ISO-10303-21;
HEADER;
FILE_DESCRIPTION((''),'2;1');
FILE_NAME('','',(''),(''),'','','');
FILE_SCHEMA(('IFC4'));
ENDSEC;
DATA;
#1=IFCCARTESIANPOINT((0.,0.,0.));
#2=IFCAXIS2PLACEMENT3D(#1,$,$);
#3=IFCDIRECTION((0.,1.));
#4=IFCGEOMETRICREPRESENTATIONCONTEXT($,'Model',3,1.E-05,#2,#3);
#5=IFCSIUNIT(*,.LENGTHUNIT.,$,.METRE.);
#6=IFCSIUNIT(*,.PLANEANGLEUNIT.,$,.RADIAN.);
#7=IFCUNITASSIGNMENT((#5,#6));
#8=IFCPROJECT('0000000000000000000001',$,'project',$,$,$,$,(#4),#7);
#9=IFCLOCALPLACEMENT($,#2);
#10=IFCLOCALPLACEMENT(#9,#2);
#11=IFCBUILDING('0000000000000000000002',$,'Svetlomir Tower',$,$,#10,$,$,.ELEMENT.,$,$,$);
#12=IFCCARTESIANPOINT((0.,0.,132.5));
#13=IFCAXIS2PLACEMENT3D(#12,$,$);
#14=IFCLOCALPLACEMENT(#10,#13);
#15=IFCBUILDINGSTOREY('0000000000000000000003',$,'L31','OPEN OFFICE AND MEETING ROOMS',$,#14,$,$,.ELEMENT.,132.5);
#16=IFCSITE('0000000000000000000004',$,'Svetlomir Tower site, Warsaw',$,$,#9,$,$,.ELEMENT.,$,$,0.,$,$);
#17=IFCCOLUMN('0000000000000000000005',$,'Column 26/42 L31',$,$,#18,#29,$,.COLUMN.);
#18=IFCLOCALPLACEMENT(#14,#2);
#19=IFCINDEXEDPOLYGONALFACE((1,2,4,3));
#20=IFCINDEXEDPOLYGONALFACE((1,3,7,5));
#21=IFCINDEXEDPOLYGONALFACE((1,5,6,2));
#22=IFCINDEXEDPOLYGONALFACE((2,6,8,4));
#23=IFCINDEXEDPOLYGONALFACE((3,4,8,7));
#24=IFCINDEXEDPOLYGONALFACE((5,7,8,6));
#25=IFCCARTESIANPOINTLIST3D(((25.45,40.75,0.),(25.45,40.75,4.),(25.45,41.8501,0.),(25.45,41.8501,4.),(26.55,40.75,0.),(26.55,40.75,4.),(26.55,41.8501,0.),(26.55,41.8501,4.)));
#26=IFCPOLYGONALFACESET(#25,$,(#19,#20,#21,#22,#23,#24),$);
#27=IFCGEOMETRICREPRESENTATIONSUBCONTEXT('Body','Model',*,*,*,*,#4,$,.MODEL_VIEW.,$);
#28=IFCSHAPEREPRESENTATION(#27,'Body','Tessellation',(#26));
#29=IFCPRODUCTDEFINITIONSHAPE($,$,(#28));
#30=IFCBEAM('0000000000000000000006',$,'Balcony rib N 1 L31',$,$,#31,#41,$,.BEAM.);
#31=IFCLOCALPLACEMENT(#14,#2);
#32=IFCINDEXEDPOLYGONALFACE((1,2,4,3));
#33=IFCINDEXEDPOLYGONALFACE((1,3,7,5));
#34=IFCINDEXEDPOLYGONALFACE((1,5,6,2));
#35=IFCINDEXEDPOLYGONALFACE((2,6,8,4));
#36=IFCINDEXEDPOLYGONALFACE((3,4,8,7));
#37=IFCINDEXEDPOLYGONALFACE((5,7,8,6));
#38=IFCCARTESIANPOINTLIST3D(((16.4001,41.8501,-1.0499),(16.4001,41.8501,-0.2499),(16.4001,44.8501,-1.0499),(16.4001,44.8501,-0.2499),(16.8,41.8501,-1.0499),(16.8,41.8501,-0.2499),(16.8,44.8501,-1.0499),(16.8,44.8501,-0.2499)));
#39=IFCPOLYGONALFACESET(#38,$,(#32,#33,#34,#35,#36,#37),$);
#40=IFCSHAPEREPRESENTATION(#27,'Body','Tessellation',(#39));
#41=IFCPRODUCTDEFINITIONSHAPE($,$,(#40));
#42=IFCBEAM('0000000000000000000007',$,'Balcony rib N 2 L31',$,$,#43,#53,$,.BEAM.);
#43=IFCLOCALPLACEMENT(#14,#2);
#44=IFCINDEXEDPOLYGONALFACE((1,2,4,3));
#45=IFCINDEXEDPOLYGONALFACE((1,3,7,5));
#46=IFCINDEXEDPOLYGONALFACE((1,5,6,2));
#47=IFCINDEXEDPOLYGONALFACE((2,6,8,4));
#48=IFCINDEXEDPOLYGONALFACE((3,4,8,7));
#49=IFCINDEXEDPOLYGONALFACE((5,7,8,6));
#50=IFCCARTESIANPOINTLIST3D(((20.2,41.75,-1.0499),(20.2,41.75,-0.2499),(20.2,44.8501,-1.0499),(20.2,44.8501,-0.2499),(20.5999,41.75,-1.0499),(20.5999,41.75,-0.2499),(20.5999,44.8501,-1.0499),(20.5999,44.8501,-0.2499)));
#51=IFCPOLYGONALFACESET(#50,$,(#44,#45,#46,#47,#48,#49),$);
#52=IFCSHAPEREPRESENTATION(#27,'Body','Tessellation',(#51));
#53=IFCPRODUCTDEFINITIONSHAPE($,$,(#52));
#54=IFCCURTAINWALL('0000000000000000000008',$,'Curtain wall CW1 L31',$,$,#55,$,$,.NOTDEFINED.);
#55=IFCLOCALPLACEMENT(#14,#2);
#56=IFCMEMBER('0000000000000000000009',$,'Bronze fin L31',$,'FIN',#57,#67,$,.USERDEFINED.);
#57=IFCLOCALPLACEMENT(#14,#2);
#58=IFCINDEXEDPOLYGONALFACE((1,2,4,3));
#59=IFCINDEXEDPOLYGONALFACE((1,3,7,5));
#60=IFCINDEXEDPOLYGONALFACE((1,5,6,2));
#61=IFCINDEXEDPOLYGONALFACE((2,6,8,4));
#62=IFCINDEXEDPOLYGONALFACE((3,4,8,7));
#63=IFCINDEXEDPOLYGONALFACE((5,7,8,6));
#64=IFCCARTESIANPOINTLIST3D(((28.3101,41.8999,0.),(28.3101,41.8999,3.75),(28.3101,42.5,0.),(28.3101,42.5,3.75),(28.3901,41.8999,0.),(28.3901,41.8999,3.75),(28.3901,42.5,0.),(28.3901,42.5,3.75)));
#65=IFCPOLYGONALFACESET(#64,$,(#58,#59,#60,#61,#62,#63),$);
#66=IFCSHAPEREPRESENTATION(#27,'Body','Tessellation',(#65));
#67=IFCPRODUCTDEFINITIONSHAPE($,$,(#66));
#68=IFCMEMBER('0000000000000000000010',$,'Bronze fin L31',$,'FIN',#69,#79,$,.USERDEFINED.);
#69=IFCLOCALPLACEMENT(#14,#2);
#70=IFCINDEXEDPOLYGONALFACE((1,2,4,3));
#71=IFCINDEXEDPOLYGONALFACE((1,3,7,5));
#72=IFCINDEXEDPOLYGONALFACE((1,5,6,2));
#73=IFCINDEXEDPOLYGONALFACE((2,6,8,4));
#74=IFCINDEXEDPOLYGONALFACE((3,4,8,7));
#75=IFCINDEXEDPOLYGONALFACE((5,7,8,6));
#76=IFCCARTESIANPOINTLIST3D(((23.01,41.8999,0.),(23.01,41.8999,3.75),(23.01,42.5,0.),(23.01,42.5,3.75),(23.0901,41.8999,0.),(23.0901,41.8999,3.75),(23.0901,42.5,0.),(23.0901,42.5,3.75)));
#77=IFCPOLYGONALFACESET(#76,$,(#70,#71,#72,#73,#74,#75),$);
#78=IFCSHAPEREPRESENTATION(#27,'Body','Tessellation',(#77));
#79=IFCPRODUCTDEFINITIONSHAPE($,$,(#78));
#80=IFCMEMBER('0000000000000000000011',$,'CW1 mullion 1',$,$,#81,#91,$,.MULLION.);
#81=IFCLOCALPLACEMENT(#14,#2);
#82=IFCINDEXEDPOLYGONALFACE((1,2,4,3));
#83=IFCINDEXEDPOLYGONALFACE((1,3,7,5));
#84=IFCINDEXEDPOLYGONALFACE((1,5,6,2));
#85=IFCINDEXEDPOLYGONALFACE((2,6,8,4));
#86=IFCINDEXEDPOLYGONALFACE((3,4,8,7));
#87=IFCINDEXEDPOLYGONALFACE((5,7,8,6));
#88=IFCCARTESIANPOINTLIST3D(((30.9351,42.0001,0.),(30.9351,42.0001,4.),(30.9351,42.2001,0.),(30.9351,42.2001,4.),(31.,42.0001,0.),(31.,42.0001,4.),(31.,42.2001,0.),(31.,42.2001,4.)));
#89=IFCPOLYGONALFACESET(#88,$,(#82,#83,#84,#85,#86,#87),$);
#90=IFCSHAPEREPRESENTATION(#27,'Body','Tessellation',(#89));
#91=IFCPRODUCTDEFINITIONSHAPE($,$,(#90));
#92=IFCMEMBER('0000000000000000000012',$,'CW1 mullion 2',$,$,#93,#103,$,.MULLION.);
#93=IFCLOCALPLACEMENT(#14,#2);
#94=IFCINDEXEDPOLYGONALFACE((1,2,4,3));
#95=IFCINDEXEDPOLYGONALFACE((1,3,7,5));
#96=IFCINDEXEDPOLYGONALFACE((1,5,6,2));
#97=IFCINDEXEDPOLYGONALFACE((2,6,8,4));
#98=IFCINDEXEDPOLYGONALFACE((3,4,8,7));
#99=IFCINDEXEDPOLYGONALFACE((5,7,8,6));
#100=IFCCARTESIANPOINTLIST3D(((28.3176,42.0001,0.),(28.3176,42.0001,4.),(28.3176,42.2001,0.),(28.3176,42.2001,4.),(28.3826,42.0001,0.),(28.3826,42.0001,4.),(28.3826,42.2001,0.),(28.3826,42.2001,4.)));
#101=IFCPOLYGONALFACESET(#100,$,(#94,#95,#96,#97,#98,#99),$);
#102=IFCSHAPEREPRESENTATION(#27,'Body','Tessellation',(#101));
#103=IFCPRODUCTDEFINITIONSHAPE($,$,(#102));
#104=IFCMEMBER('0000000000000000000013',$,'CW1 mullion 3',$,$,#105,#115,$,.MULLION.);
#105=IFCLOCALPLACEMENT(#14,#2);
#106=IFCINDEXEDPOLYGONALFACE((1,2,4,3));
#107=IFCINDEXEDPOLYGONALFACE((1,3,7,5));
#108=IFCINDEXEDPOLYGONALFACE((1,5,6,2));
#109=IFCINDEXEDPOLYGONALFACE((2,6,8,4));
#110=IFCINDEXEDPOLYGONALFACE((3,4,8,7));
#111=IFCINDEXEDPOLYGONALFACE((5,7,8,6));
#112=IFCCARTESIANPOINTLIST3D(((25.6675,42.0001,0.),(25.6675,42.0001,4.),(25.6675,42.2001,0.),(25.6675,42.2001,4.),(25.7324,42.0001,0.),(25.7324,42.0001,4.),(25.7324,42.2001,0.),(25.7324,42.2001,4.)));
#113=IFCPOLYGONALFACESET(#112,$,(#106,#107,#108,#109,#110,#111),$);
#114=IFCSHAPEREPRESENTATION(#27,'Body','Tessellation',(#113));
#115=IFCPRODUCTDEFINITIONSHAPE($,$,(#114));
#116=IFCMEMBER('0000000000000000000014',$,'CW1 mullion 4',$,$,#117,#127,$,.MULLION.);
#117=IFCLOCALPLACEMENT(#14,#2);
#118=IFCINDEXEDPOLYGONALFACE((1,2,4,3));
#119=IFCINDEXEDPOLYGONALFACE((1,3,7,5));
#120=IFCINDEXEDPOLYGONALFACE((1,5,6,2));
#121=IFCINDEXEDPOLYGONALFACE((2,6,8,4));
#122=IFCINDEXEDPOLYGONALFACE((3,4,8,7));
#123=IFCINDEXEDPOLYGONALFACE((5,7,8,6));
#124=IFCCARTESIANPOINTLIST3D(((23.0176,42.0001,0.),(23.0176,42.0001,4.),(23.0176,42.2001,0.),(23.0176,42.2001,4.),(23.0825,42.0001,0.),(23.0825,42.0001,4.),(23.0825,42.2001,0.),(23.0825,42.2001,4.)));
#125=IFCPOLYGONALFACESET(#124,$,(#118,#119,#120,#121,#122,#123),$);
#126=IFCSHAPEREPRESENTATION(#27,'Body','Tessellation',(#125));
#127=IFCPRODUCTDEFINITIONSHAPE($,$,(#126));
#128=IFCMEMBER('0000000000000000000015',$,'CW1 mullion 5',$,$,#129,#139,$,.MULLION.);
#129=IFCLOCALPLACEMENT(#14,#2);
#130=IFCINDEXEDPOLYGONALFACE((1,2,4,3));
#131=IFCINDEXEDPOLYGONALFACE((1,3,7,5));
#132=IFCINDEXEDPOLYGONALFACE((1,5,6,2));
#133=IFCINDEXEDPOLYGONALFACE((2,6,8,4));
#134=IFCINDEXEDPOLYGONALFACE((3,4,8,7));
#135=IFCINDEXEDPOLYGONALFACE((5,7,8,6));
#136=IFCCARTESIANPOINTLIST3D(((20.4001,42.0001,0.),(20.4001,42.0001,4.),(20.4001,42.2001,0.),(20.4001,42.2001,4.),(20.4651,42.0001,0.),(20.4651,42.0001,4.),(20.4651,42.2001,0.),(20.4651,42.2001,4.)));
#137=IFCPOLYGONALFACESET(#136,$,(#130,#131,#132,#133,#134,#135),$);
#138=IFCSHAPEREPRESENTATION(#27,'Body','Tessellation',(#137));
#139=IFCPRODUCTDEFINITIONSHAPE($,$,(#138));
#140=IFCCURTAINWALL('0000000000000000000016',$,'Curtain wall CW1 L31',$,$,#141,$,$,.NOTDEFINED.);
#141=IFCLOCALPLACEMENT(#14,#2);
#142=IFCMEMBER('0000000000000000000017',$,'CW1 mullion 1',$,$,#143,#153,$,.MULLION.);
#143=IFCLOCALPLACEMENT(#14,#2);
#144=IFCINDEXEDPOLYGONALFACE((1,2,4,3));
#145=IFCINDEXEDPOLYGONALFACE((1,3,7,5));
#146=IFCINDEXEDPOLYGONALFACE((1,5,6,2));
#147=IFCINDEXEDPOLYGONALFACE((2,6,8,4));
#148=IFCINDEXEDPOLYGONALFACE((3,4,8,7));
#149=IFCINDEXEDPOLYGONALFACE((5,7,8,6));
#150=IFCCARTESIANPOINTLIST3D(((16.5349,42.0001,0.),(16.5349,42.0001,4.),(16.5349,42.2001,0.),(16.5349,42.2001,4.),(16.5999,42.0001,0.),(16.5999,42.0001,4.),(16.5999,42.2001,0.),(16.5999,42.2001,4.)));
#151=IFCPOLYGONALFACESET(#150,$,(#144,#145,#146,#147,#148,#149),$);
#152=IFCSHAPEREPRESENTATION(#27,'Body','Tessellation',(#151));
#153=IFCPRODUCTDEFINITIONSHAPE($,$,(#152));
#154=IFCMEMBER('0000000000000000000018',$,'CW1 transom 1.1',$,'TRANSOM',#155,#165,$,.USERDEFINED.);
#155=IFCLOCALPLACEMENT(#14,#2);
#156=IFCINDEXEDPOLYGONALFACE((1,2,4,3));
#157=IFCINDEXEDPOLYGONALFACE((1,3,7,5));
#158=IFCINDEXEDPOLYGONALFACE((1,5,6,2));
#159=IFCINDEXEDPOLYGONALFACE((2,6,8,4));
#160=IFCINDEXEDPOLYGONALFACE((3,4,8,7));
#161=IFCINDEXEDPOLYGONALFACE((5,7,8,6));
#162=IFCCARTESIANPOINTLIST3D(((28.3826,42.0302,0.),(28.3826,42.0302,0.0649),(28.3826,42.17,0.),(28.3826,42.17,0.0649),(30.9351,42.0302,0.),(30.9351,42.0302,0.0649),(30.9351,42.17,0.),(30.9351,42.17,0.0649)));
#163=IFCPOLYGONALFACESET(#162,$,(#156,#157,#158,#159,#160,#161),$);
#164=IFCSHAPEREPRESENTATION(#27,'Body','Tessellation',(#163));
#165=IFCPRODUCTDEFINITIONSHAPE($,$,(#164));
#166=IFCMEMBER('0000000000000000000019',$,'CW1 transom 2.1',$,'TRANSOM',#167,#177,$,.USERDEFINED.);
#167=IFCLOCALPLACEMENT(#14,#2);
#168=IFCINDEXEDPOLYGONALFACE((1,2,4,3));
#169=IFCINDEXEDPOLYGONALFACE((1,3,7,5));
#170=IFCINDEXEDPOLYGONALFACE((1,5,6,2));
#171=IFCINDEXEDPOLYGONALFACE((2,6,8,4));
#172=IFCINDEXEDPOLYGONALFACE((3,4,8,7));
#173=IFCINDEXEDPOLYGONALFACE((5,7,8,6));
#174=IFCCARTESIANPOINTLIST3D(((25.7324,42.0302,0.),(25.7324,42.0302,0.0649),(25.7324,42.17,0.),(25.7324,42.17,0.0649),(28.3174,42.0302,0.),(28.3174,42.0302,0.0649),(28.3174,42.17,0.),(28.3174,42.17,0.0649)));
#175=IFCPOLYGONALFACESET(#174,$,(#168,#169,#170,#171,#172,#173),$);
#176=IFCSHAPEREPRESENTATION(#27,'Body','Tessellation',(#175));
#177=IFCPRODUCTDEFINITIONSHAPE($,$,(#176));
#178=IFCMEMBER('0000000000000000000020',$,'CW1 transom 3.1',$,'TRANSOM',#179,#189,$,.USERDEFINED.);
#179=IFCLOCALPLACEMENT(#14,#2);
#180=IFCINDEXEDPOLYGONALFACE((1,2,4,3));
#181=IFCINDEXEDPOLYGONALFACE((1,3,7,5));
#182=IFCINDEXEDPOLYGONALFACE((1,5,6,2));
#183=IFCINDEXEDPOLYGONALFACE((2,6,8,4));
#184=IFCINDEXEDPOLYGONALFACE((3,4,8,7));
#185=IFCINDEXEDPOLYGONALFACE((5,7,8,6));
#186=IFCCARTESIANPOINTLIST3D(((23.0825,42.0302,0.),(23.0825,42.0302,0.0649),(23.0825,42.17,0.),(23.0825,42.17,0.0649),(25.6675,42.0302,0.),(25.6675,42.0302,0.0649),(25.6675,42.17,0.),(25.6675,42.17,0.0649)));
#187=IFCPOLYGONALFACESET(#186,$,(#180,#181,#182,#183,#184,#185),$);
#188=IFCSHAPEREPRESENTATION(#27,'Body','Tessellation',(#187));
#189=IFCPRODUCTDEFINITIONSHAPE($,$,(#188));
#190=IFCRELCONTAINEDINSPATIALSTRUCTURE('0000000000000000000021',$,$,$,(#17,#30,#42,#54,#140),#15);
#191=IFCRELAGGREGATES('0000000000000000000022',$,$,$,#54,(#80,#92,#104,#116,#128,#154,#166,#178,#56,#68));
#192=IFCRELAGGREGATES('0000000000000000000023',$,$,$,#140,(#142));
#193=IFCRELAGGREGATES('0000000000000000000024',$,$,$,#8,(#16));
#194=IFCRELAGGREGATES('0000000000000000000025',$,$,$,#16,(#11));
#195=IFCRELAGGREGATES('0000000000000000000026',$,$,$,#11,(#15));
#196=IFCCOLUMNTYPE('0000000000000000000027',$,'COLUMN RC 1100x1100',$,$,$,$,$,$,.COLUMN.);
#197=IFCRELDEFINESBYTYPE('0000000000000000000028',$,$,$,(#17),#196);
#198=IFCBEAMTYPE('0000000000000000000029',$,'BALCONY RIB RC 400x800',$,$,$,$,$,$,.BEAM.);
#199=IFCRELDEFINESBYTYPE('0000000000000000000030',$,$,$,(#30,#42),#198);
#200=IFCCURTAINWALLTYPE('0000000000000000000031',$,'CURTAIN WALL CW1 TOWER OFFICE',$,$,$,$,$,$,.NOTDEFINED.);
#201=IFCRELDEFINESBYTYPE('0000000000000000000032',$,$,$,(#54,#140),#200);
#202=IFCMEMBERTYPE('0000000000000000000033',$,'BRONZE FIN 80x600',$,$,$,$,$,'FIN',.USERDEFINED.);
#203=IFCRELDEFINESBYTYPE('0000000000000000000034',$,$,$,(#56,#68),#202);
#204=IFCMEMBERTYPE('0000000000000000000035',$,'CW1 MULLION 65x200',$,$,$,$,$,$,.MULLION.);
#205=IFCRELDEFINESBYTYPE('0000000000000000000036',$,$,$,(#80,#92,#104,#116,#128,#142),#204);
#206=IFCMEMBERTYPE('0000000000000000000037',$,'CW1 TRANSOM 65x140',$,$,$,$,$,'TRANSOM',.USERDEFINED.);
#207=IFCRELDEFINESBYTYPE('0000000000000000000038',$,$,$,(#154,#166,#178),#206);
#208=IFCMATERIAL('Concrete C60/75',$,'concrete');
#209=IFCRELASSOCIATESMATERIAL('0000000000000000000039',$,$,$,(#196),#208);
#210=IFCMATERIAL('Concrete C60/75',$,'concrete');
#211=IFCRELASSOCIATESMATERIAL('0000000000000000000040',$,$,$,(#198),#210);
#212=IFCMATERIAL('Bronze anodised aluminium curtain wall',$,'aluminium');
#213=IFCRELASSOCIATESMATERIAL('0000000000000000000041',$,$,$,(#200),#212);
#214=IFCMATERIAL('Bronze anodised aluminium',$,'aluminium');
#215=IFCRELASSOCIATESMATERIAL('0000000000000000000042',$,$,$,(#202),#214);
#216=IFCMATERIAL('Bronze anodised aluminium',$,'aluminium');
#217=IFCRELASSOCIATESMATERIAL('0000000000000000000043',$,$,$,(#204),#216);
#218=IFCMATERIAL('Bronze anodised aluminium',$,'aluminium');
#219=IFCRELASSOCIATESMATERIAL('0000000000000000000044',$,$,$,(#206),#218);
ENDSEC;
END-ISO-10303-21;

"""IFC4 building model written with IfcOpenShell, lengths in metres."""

from ifc_helpers import new_model, si_unit, direction, frame, origin, origin_2d, place, context, subcontext, project, spatial, rectangle, extrude, material, material_profile, profile_set, type_object, element, aggregate, save


model = new_model("IFC4")

# Units and contexts
model_context = context("Model", 3, precision=1e-05, world=origin(), true_north=direction((0.0, 1.0)))
body_context = subcontext(model_context, "Body", "Model", "MODEL_VIEW")
ifc_project = project(units=[si_unit("LENGTHUNIT", "METRE"), si_unit("PLANEANGLEUNIT", "RADIAN")], contexts=[model_context])

# Site, building, storey
site_placement = place(None, origin())
site = spatial("IfcSite", under=ifc_project, at=site_placement, Name="Svetlomir Tower site, Warsaw", CompositionType="ELEMENT", RefElevation=0.0)
building_placement = place(site_placement, origin())
building = spatial("IfcBuilding", under=site, at=building_placement, Name="Svetlomir Tower", CompositionType="ELEMENT")
storey_placement = place(building_placement, frame((0.0, 0.0, 132.5)))
storey = spatial("IfcBuildingStorey", under=building, at=storey_placement, Name="L31", Description="OPEN OFFICE AND MEETING ROOMS", CompositionType="ELEMENT", Elevation=132.5)

# Column
ifc_material_1 = material(Name="Concrete C60/75", Category="concrete")
ifc_material_profile_1 = material_profile(ifc_material_1, rectangle(XDim=1.1001, YDim=1.1001, at=origin_2d()), Name="RC 1100x1100")
ifc_profile_set_1 = profile_set([ifc_material_profile_1], Name="Concrete C60/75")
column_type = type_object("IfcColumnType", Name="COLUMN RC 1100x1100", PredefinedType="COLUMN", material=ifc_profile_set_1)
column_placement = place(storey_placement, frame((26.0, 41.3, 0.0), z_axis=(0.0, 0.0, 1.0), x_axis=(1.0, 0.0, 0.0)))
element("IfcColumn", 1, at=column_placement, inside=storey, type_object=column_type, Name="Column 26/42 L31", PredefinedType="COLUMN", context=body_context, shape_type="SweptSolid", body=[
    extrude(rectangle(XDim=1.1001, YDim=1.1001, at=origin_2d()), origin(), (0.0, 0.0, 1.0), 4.0),
])

# Beams
ifc_material_2 = material(Name="Concrete C60/75", Category="concrete")
ifc_material_profile_2 = material_profile(ifc_material_2, rectangle(XDim=0.3999, YDim=0.8, at=origin_2d()), Name="RC 400x800")
ifc_profile_set_2 = profile_set([ifc_material_profile_2], Name="Concrete C60/75")
beam_type_1 = type_object("IfcBeamType", Name="BALCONY RIB RC 400x800", PredefinedType="BEAM", material=ifc_profile_set_2)
beam_1_placement = place(storey_placement, frame((16.6001, 41.8501, -0.6499), z_axis=(0.0, 1.0, 0.0), x_axis=(-1.0, 0.0, 0.0)))
element("IfcBeam", 2, at=beam_1_placement, inside=storey, type_object=beam_type_1, Name="Balcony rib N 1 L31", PredefinedType="BEAM", context=body_context, shape_type="SweptSolid", body=[
    extrude(rectangle(XDim=0.3999, YDim=0.8, at=origin_2d()), origin(), (0.0, 0.0, 1.0), 3.0),
])
beam_2_placement = place(storey_placement, frame((20.3999, 41.75, -0.6499), z_axis=(0.0, 1.0, 0.0), x_axis=(-1.0, 0.0, 0.0)))
element("IfcBeam", 3, at=beam_2_placement, inside=storey, type_object=beam_type_1, Name="Balcony rib N 2 L31", PredefinedType="BEAM", context=body_context, shape_type="SweptSolid", body=[
    extrude(rectangle(XDim=0.3999, YDim=0.8, at=origin_2d()), origin(), (0.0, 0.0, 1.0), 3.1001),
])

# Curtain wall, members
ifc_material_3 = material(Name="Bronze anodised aluminium curtain wall", Category="aluminium")
curtain_wall_type = type_object("IfcCurtainWallType", Name="CURTAIN WALL CW1 TOWER OFFICE", PredefinedType="NOTDEFINED", material=ifc_material_3)
curtain_wall_1_placement = place(storey_placement, origin())
curtain_wall_1 = element("IfcCurtainWall", 4, at=curtain_wall_1_placement, inside=storey, type_object=curtain_wall_type, Name="Curtain wall CW1 L31", PredefinedType="NOTDEFINED")
ifc_material_4 = material(Name="Bronze anodised aluminium", Category="aluminium")
ifc_material_profile_3 = material_profile(ifc_material_4, rectangle(XDim=0.0801, YDim=0.6001, at=origin_2d()), Name="FIN 80x600")
ifc_profile_set_3 = profile_set([ifc_material_profile_3], Name="Bronze anodised aluminium 6063-T6")
member_type_1 = type_object("IfcMemberType", Name="BRONZE FIN 80x600", ElementType="FIN", PredefinedType="USERDEFINED", material=ifc_profile_set_3)
member_1_placement = place(storey_placement, frame((28.3501, 42.2, 0.0), z_axis=(0.0, 0.0, 1.0), x_axis=(1.0, 0.0, 0.0)))
member_1 = element("IfcMember", 5, at=member_1_placement, type_object=member_type_1, Name="Bronze fin L31", ObjectType="FIN", PredefinedType="USERDEFINED", context=body_context, shape_type="SweptSolid", body=[
    extrude(rectangle(XDim=0.0801, YDim=0.6001, at=origin_2d()), origin(), (0.0, 0.0, 1.0), 3.75),
])
member_2_placement = place(storey_placement, frame((23.05, 42.2, 0.0), z_axis=(0.0, 0.0, 1.0), x_axis=(1.0, 0.0, 0.0)))
member_2 = element("IfcMember", 6, at=member_2_placement, type_object=member_type_1, Name="Bronze fin L31", ObjectType="FIN", PredefinedType="USERDEFINED", context=body_context, shape_type="SweptSolid", body=[
    extrude(rectangle(XDim=0.0801, YDim=0.6001, at=origin_2d()), origin(), (0.0, 0.0, 1.0), 3.75),
])
ifc_material_5 = material(Name="Bronze anodised aluminium", Category="aluminium")
ifc_material_profile_4 = material_profile(ifc_material_5, rectangle(XDim=0.0649, YDim=0.2, at=origin_2d()), Name="AL 65x200")
ifc_profile_set_4 = profile_set([ifc_material_profile_4], Name="Bronze anodised aluminium 6063-T6")
member_type_2 = type_object("IfcMemberType", Name="CW1 MULLION 65x200", PredefinedType="MULLION", material=ifc_profile_set_4)
member_3_placement = place(storey_placement, frame((30.9675, 42.1001, 0.0), z_axis=(0.0, 0.0, 1.0), x_axis=(-1.0, 0.0, 0.0)))
member_3 = element("IfcMember", 7, at=member_3_placement, type_object=member_type_2, Name="CW1 mullion 1", PredefinedType="MULLION", context=body_context, shape_type="SweptSolid", body=[
    extrude(rectangle(XDim=0.0649, YDim=0.2, at=origin_2d()), origin(), (0.0, 0.0, 1.0), 4.0),
])
member_4_placement = place(storey_placement, frame((28.3501, 42.1001, 0.0), z_axis=(0.0, 0.0, 1.0), x_axis=(-1.0, 0.0, 0.0)))
member_4 = element("IfcMember", 8, at=member_4_placement, type_object=member_type_2, Name="CW1 mullion 2", PredefinedType="MULLION", context=body_context, shape_type="SweptSolid", body=[
    extrude(rectangle(XDim=0.0649, YDim=0.2, at=origin_2d()), origin(), (0.0, 0.0, 1.0), 4.0),
])
member_5_placement = place(storey_placement, frame((25.7, 42.1001, 0.0), z_axis=(0.0, 0.0, 1.0), x_axis=(-1.0, 0.0, 0.0)))
member_5 = element("IfcMember", 9, at=member_5_placement, type_object=member_type_2, Name="CW1 mullion 3", PredefinedType="MULLION", context=body_context, shape_type="SweptSolid", body=[
    extrude(rectangle(XDim=0.0649, YDim=0.2, at=origin_2d()), origin(), (0.0, 0.0, 1.0), 4.0),
])
member_6_placement = place(storey_placement, frame((23.05, 42.1001, 0.0), z_axis=(0.0, 0.0, 1.0), x_axis=(-1.0, 0.0, 0.0)))
member_6 = element("IfcMember", 10, at=member_6_placement, type_object=member_type_2, Name="CW1 mullion 4", PredefinedType="MULLION", context=body_context, shape_type="SweptSolid", body=[
    extrude(rectangle(XDim=0.0649, YDim=0.2, at=origin_2d()), origin(), (0.0, 0.0, 1.0), 4.0),
])
member_7_placement = place(storey_placement, frame((20.4326, 42.1001, 0.0), z_axis=(0.0, 0.0, 1.0), x_axis=(-1.0, 0.0, 0.0)))
member_7 = element("IfcMember", 11, at=member_7_placement, type_object=member_type_2, Name="CW1 mullion 5", PredefinedType="MULLION", context=body_context, shape_type="SweptSolid", body=[
    extrude(rectangle(XDim=0.0649, YDim=0.2, at=origin_2d()), origin(), (0.0, 0.0, 1.0), 4.0),
])

# Curtain wall, member
curtain_wall_2_placement = place(storey_placement, origin())
curtain_wall_2 = element("IfcCurtainWall", 12, at=curtain_wall_2_placement, inside=storey, type_object=curtain_wall_type, Name="Curtain wall CW1 L31", PredefinedType="NOTDEFINED")
member_8_placement = place(storey_placement, frame((16.5674, 42.1001, 0.0), z_axis=(0.0, 0.0, 1.0), x_axis=(-1.0, 0.0, 0.0)))
member_8 = element("IfcMember", 13, at=member_8_placement, type_object=member_type_2, Name="CW1 mullion 1", PredefinedType="MULLION", context=body_context, shape_type="SweptSolid", body=[
    extrude(rectangle(XDim=0.0649, YDim=0.2, at=origin_2d()), origin(), (0.0, 0.0, 1.0), 4.0),
])

# Members
ifc_material_6 = material(Name="Bronze anodised aluminium", Category="aluminium")
ifc_material_profile_5 = material_profile(ifc_material_6, rectangle(XDim=0.1399, YDim=0.0649, at=origin_2d()), Name="AL 140x65")
ifc_profile_set_5 = profile_set([ifc_material_profile_5], Name="Bronze anodised aluminium 6063-T6")
member_type_3 = type_object("IfcMemberType", Name="CW1 TRANSOM 65x140", ElementType="TRANSOM", PredefinedType="USERDEFINED", material=ifc_profile_set_5)
member_9_placement = place(storey_placement, frame((30.9351, 42.1001, 0.0325), z_axis=(-1.0, 0.0, 0.0), x_axis=(0.0, -1.0, 0.0)))
member_9 = element("IfcMember", 14, at=member_9_placement, type_object=member_type_3, Name="CW1 transom 1.1", ObjectType="TRANSOM", PredefinedType="USERDEFINED", context=body_context, shape_type="SweptSolid", body=[
    extrude(rectangle(XDim=0.1399, YDim=0.0649, at=origin_2d()), origin(), (0.0, 0.0, 1.0), 2.5525),
])
member_10_placement = place(storey_placement, frame((28.3174, 42.1001, 0.0325), z_axis=(-1.0, 0.0, 0.0), x_axis=(0.0, -1.0, 0.0)))
member_10 = element("IfcMember", 15, at=member_10_placement, type_object=member_type_3, Name="CW1 transom 2.1", ObjectType="TRANSOM", PredefinedType="USERDEFINED", context=body_context, shape_type="SweptSolid", body=[
    extrude(rectangle(XDim=0.1399, YDim=0.0649, at=origin_2d()), origin(), (0.0, 0.0, 1.0), 2.585),
])
member_11_placement = place(storey_placement, frame((25.6675, 42.1001, 0.0325), z_axis=(-1.0, 0.0, 0.0), x_axis=(0.0, -1.0, 0.0)))
member_11 = element("IfcMember", 16, at=member_11_placement, type_object=member_type_3, Name="CW1 transom 3.1", ObjectType="TRANSOM", PredefinedType="USERDEFINED", context=body_context, shape_type="SweptSolid", body=[
    extrude(rectangle(XDim=0.1399, YDim=0.0649, at=origin_2d()), origin(), (0.0, 0.0, 1.0), 2.585),
])

aggregate(curtain_wall_1, [member_3, member_4, member_5, member_6, member_7, member_9, member_10, member_11, member_1, member_2])
aggregate(curtain_wall_2, [member_8])

save(model, "model.ifc")
